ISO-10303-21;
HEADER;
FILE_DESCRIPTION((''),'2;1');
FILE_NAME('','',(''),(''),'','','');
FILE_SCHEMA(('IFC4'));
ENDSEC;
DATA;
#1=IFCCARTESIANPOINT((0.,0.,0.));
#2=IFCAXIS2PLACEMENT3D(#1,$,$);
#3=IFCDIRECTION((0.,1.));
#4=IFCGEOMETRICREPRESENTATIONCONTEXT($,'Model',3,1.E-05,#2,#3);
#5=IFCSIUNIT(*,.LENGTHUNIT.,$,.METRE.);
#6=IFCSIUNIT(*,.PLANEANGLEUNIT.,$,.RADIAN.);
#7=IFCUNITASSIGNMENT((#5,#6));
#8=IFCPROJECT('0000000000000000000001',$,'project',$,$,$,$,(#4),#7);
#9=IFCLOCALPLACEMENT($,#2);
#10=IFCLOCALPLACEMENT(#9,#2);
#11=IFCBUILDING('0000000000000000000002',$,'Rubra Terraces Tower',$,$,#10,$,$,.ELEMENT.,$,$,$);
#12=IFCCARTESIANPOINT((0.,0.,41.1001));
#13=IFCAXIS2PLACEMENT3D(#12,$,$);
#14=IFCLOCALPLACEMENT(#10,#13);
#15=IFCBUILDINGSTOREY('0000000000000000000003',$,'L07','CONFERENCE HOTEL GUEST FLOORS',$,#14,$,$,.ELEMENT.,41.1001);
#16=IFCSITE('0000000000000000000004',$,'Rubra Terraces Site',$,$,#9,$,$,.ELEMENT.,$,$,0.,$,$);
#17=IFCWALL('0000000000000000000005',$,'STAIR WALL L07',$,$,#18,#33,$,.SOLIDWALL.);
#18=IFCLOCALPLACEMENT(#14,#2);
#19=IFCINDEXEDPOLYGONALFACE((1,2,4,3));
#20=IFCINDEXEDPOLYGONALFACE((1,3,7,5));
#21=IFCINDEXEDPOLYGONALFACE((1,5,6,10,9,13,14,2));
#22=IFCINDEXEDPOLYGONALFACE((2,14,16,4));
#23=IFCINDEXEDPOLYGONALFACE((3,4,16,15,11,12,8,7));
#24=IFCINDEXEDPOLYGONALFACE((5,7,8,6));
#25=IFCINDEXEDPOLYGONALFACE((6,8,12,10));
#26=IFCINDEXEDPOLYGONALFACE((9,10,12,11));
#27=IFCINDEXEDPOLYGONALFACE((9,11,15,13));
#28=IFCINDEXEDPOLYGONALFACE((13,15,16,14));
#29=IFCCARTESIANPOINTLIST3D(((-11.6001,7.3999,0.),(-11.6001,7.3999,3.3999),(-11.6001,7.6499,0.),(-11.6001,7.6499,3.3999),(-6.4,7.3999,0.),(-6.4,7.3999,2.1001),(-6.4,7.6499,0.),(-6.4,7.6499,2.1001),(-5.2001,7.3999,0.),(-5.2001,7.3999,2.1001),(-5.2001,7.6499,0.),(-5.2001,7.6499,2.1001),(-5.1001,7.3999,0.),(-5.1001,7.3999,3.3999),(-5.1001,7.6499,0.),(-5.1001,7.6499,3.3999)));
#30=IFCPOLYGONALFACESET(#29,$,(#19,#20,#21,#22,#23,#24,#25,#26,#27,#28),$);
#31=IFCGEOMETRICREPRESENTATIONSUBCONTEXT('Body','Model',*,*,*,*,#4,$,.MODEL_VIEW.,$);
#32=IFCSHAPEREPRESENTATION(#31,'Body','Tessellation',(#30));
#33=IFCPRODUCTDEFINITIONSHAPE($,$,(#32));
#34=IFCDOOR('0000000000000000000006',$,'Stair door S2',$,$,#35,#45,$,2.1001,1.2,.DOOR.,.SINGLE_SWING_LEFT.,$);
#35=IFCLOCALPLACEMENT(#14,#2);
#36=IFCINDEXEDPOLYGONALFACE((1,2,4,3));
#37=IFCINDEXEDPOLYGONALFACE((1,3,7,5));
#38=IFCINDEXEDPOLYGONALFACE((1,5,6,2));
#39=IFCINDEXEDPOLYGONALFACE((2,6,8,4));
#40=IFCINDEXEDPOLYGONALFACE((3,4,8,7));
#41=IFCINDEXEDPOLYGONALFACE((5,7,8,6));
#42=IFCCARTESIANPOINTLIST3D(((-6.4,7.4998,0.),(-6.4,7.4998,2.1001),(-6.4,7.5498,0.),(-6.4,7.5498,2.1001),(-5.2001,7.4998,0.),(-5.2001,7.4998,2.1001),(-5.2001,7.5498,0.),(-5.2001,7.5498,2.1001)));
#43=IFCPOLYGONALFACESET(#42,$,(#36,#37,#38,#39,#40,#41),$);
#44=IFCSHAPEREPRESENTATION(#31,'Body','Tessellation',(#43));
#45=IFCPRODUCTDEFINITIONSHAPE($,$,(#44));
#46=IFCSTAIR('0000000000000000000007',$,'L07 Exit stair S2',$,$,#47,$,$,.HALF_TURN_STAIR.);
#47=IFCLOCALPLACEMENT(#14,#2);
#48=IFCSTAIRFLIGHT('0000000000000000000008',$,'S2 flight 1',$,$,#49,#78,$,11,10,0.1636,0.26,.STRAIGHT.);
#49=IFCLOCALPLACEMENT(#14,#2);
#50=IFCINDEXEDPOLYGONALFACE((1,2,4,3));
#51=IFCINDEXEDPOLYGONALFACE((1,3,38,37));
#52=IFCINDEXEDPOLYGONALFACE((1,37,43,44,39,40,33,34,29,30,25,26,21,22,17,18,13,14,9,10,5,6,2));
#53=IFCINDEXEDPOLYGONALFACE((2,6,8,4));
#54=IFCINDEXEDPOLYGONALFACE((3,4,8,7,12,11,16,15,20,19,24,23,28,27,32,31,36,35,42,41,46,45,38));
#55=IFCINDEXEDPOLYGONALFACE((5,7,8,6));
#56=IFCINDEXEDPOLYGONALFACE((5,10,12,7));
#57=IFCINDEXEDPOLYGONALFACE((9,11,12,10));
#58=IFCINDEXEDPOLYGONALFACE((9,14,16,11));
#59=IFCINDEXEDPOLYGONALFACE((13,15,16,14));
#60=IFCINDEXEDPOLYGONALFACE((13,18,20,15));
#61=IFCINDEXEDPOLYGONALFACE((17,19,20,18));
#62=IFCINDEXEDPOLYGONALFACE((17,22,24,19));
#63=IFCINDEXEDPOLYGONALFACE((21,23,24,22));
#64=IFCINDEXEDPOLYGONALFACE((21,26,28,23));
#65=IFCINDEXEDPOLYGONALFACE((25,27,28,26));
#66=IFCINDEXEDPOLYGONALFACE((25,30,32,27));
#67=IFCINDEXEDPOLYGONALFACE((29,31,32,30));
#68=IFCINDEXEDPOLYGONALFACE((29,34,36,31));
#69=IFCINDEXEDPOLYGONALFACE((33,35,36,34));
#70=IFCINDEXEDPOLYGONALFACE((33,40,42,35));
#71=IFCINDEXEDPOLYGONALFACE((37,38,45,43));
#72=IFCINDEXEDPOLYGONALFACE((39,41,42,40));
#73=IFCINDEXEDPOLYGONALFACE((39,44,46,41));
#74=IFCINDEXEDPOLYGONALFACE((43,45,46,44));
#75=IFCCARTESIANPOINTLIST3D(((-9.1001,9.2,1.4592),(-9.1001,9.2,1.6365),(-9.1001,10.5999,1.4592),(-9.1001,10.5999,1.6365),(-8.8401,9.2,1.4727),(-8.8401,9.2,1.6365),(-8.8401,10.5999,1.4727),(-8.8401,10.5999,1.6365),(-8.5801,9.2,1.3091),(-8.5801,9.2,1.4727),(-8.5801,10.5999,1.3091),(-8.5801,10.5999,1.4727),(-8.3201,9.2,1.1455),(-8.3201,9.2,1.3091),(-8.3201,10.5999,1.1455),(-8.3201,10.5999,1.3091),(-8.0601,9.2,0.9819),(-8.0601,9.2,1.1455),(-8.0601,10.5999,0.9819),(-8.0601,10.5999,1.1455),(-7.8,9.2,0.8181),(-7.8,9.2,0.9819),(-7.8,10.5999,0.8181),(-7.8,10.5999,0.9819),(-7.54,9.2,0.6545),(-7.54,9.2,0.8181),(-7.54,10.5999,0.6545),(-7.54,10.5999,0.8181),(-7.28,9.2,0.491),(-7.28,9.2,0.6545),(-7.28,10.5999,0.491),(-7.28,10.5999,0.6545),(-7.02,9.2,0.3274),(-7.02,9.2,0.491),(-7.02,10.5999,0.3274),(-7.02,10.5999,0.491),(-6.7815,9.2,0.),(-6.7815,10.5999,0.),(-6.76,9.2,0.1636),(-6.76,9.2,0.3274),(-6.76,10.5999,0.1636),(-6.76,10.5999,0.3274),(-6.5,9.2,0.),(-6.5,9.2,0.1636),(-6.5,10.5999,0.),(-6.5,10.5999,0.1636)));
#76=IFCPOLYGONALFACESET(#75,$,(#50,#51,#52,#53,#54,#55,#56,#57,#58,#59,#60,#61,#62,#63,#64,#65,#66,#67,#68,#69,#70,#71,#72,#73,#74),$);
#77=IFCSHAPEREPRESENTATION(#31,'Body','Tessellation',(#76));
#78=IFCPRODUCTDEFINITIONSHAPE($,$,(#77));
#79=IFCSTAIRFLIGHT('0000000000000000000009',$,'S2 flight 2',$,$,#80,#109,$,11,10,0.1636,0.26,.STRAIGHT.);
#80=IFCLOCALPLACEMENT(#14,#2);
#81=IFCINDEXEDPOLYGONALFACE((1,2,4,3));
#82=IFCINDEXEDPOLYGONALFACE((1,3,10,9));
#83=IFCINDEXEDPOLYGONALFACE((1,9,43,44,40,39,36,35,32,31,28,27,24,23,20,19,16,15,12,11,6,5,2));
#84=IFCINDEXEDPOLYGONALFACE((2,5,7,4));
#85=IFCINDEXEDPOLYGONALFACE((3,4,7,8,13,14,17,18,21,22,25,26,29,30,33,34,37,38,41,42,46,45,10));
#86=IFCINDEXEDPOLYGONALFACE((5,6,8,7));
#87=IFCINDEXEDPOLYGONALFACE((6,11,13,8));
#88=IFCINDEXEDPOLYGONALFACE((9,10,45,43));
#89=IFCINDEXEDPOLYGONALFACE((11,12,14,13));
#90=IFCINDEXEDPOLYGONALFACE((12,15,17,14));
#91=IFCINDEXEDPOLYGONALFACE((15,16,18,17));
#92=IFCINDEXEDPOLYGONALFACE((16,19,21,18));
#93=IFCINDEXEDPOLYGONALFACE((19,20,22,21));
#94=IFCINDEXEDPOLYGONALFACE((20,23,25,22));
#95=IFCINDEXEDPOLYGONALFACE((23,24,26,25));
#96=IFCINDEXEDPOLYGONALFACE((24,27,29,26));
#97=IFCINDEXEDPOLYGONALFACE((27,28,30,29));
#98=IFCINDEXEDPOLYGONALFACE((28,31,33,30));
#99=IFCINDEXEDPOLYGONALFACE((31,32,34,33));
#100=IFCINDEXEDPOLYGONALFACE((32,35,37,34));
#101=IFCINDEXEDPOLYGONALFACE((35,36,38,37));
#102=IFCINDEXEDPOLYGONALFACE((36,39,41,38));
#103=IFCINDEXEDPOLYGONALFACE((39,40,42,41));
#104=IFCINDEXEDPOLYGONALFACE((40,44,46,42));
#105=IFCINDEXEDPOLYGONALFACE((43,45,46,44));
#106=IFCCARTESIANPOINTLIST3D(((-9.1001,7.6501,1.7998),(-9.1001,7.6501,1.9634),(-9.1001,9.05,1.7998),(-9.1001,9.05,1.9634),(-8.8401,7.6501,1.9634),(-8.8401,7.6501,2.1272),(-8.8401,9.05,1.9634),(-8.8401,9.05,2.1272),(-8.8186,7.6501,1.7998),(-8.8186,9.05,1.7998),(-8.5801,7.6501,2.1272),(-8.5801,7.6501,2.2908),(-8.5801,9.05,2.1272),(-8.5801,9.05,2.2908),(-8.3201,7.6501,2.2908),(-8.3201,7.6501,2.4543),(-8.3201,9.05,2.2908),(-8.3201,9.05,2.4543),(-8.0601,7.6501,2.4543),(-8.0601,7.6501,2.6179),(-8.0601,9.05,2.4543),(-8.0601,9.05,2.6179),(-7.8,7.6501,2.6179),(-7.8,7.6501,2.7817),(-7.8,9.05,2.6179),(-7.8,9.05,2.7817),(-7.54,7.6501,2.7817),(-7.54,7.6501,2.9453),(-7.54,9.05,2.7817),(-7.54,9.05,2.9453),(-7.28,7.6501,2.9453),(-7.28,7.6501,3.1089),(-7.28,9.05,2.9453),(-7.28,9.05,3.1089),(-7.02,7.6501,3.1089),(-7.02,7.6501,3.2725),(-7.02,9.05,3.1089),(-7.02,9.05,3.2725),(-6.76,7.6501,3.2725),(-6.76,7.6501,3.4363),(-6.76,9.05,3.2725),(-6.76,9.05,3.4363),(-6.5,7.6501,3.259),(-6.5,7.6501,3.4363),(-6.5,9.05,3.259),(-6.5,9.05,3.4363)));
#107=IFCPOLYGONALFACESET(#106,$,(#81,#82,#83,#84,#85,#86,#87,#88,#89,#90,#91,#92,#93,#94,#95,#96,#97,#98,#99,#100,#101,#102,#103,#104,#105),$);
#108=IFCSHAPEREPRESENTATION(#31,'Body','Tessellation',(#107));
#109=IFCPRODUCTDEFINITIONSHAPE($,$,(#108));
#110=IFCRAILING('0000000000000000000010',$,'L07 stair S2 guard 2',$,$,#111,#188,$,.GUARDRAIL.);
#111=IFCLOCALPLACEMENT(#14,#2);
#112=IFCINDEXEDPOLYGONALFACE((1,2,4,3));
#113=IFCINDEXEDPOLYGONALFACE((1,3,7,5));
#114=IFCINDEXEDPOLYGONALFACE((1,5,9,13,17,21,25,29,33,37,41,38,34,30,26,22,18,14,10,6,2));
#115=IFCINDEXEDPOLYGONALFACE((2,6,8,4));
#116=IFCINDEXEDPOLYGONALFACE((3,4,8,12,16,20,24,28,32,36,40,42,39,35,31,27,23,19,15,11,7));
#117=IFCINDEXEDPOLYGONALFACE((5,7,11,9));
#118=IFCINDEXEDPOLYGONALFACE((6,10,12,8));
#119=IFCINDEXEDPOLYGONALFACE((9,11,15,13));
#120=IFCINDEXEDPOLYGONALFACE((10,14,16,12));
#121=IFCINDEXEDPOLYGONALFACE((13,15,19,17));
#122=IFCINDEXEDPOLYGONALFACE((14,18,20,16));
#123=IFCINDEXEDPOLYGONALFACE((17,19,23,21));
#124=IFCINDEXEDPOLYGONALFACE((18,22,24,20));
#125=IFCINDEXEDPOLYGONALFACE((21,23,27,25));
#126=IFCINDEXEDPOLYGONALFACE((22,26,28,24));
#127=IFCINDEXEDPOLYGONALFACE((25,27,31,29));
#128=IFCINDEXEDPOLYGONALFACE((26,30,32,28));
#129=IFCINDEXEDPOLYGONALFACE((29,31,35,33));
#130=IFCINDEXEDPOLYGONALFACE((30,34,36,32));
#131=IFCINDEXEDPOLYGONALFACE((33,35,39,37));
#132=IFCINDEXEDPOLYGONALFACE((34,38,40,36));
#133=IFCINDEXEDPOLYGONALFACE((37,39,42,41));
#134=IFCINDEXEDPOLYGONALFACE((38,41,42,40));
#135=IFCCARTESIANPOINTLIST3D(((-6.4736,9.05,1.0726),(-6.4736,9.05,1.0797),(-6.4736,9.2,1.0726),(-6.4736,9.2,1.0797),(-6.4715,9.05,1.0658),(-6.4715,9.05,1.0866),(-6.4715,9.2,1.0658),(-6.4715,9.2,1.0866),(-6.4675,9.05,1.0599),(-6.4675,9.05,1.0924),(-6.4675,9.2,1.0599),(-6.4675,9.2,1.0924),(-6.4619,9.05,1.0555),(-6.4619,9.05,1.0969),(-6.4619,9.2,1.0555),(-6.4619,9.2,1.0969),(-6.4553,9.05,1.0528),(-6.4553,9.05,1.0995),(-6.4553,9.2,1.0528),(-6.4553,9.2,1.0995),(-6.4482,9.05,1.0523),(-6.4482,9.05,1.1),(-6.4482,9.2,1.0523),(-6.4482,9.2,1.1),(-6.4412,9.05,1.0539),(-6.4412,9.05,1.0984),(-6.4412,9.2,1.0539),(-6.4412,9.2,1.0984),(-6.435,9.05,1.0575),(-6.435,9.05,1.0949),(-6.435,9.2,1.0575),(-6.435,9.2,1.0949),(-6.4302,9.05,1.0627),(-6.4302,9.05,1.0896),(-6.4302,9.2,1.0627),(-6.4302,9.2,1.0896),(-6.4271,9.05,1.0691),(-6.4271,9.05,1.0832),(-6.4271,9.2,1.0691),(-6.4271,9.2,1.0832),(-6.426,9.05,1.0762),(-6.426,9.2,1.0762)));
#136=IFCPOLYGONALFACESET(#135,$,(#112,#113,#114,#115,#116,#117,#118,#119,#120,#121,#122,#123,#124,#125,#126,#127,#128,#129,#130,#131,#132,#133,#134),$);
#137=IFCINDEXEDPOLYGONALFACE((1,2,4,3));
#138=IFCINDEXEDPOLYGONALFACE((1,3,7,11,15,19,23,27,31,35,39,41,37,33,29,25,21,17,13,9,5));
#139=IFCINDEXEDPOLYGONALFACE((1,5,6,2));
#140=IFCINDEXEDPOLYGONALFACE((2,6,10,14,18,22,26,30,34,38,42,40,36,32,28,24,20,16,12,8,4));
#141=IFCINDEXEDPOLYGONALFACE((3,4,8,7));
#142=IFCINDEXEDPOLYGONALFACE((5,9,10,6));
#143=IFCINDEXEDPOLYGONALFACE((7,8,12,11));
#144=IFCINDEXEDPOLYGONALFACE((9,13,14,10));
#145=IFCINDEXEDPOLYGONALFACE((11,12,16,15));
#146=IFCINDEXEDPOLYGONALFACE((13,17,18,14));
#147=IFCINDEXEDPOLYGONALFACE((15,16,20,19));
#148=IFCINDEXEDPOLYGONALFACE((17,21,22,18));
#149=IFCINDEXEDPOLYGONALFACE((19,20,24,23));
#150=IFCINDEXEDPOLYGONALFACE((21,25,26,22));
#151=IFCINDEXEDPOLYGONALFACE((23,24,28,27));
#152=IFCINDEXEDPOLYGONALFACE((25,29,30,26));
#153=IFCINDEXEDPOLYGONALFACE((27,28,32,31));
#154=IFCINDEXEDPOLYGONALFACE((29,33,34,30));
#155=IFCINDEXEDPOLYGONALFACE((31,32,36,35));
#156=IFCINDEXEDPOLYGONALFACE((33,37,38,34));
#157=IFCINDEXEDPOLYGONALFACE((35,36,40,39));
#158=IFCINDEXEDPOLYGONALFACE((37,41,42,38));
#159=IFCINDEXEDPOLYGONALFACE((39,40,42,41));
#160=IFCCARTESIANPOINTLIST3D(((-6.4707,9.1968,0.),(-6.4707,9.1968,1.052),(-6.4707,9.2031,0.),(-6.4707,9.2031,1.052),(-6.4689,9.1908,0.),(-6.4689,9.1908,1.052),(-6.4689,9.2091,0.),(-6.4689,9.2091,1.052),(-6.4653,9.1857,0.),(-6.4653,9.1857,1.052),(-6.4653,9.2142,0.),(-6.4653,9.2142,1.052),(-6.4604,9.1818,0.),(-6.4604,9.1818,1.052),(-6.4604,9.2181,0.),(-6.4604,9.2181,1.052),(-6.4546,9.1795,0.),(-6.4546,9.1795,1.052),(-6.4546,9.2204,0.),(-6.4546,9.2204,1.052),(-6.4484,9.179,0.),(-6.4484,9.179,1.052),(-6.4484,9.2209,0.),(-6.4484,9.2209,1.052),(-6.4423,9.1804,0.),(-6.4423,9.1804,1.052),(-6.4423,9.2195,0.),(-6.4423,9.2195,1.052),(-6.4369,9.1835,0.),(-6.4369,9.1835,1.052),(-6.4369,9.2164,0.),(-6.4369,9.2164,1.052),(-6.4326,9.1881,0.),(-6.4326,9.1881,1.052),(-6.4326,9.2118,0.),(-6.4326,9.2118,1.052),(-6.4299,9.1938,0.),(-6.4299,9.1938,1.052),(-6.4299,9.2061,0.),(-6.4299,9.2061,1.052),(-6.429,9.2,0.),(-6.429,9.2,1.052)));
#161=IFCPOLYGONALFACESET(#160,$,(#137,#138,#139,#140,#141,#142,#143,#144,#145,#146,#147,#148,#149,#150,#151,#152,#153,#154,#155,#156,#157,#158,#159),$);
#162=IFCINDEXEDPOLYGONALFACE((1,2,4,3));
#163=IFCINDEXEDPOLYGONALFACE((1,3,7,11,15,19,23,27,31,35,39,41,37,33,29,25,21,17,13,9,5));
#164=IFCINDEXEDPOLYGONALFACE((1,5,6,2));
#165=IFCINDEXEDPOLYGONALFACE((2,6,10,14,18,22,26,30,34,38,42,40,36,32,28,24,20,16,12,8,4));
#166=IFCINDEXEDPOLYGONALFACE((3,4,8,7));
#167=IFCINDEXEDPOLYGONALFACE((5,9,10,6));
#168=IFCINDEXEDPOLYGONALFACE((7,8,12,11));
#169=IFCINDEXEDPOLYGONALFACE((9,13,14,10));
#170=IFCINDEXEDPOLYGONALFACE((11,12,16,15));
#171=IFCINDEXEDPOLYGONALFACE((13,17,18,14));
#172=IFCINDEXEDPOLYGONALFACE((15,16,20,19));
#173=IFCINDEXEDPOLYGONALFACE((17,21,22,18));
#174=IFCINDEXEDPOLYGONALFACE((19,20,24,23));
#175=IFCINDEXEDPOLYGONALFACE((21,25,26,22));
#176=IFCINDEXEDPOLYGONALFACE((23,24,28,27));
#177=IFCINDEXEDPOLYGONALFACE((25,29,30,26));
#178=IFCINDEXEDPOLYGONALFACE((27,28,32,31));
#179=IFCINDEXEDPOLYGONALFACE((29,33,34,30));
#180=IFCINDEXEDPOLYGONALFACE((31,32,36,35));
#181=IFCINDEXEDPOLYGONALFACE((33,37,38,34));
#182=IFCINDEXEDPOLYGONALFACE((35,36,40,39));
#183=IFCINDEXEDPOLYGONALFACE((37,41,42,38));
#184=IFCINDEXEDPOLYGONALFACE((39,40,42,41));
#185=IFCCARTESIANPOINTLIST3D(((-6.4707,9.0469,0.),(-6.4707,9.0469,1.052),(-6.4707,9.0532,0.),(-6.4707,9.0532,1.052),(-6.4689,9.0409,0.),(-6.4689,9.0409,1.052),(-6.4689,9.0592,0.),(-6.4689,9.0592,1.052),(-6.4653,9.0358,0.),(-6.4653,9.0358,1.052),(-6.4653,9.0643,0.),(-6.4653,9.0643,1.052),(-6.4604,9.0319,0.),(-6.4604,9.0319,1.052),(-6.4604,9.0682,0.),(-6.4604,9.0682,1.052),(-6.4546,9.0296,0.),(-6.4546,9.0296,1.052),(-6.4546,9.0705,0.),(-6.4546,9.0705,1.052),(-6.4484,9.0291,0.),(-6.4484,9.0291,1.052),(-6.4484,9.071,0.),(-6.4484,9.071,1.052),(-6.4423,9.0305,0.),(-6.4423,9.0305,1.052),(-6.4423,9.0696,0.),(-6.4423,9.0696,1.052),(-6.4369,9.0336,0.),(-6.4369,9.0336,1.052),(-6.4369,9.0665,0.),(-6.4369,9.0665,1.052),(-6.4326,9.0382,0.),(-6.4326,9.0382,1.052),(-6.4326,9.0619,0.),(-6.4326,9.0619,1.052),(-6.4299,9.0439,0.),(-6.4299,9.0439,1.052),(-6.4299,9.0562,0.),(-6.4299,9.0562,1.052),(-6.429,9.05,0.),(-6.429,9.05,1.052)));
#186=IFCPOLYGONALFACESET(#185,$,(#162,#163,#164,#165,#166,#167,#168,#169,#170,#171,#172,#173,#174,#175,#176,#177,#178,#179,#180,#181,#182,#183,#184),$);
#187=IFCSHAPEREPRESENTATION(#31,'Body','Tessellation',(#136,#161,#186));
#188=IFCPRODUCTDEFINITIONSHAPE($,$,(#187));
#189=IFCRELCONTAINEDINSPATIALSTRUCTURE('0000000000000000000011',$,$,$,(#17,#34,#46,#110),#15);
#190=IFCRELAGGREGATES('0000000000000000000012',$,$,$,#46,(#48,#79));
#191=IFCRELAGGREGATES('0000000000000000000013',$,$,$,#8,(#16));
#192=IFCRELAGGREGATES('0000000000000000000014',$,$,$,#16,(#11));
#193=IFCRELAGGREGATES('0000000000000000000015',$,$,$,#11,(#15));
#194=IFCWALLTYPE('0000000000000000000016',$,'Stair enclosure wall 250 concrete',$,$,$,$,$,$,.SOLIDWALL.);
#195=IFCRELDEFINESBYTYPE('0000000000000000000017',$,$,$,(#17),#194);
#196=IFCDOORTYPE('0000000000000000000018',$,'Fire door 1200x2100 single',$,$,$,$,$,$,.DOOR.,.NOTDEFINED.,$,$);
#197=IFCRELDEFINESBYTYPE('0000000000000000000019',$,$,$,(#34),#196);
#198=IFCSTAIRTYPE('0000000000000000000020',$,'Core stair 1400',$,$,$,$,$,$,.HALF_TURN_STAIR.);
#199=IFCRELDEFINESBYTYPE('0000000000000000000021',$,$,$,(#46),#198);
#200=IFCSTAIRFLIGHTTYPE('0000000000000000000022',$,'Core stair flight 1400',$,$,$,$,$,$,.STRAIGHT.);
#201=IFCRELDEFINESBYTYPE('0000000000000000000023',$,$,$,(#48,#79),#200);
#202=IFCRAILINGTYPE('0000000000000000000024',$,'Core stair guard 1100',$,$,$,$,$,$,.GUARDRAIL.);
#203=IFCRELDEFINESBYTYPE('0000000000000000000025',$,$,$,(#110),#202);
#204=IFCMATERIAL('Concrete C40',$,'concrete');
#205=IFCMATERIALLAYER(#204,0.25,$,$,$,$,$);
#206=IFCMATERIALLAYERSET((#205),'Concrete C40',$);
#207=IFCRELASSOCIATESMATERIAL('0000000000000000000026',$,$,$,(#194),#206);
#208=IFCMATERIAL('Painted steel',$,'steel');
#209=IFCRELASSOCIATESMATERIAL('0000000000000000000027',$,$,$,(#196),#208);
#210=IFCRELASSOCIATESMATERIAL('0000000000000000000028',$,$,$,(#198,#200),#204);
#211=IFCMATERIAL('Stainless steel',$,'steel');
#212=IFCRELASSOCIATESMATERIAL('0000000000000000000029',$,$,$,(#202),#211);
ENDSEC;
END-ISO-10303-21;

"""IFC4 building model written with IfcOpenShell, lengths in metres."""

from ifc_helpers import new_model, si_unit, direction, frame, frame_2d, origin, origin_2d, place, context, subcontext, project, spatial, polyline, rectangle, circle, outline, extrude, material, layer, layer_set, type_object, element, fill, aggregate, save


model = new_model("IFC4")

# Units and contexts
model_context = context("Model", 3, precision=1e-05, world=origin(), true_north=direction((0.0, 1.0)))
body_context = subcontext(model_context, "Body", "Model", "MODEL_VIEW")
ifc_project = project(units=[si_unit("LENGTHUNIT", "METRE"), si_unit("PLANEANGLEUNIT", "RADIAN")], contexts=[model_context])

# Site, building, storey
site_placement = place(None, origin())
site = spatial("IfcSite", under=ifc_project, at=site_placement, Name="Rubra Terraces Site", CompositionType="ELEMENT", RefElevation=0.0)
building_placement = place(site_placement, origin())
building = spatial("IfcBuilding", under=site, at=building_placement, Name="Rubra Terraces Tower", CompositionType="ELEMENT")
storey_placement = place(building_placement, frame((0.0, 0.0, 41.1001)))
storey = spatial("IfcBuildingStorey", under=building, at=storey_placement, Name="L07", Description="CONFERENCE HOTEL GUEST FLOORS", CompositionType="ELEMENT", Elevation=41.1001)

# Shared definitions
ifc_material_1 = material(Name="Painted steel", Category="steel")

# Wall, opening, door
ifc_material_2 = material(Name="Concrete C40", Category="concrete")
ifc_layer_1 = layer(ifc_material_2, 0.25)
ifc_layer_set_1 = layer_set([ifc_layer_1], Name="Concrete C40")
wall_type_1 = type_object("IfcWallType", Name="Stair enclosure wall 250 concrete", PredefinedType="SOLIDWALL", material=ifc_layer_set_1)
wall_1_placement = place(storey_placement, frame((-11.6001, 7.5249, 0.0), z_axis=(0.0, 0.0, 1.0), x_axis=(1.0, 0.0, 0.0)))
wall_1 = element("IfcWall", 1, at=wall_1_placement, inside=storey, type_object=wall_type_1, Name="STAIR WALL L07", PredefinedType="SOLIDWALL", context=body_context, shape_type="SweptSolid", body=[
    extrude(rectangle(XDim=6.5, YDim=0.25, at=frame_2d((3.25, 0.0))), origin(), (0.0, 0.0, 1.0), 3.3999),
])
opening_1_placement = place(wall_1_placement, frame((5.2, 0.0, 0.0)))
opening_1 = element("IfcOpeningElement", 2, at=opening_1_placement, cuts=wall_1, PredefinedType="OPENING", context=body_context, shape_type="SweptSolid", body=[
    extrude(rectangle(XDim=1.2, YDim=2.1001, at=frame_2d((0.6001, 1.05))), frame((0.0, 0.135, 0.0), z_axis=(0.0, -1.0, 0.0), x_axis=(1.0, 0.0, 0.0)), (0.0, 0.0, 1.0), 0.27),
])
door_type_1 = type_object("IfcDoorType", Name="Fire door 1200x2100 single", OperationType="NOTDEFINED", PredefinedType="DOOR", material=ifc_material_1)
door_1_placement = place(opening_1_placement, origin())
door_1 = element("IfcDoor", 3, at=door_1_placement, inside=storey, type_object=door_type_1, Name="Stair door S2", OperationType="SINGLE_SWING_LEFT", OverallHeight=2.1001, OverallWidth=1.2, PredefinedType="DOOR", context=body_context, shape_type="SweptSolid", body=[
    extrude(rectangle(XDim=1.2, YDim=2.1001, at=frame_2d((0.6001, 1.05))), frame((0.0, 0.0249, 0.0), z_axis=(0.0, -1.0, 0.0), x_axis=(1.0, 0.0, 0.0)), (0.0, 0.0, 1.0), 0.05),
])
fill(opening_1, door_1)

# Stair, stair flights
stair_type = type_object("IfcStairType", Name="Core stair 1400", PredefinedType="HALF_TURN_STAIR", material=ifc_material_2)
stair_placement = place(storey_placement, origin())
stair = element("IfcStair", 4, at=stair_placement, inside=storey, type_object=stair_type, Name="L07 Exit stair S2", PredefinedType="HALF_TURN_STAIR")
stair_flight_type = type_object("IfcStairFlightType", Name="Core stair flight 1400", PredefinedType="STRAIGHT", material=ifc_material_2)
stair_flight_1_placement = place(storey_placement, frame((-6.5, 9.8999, 0.0), z_axis=(0.0, 0.0, 1.0), x_axis=(-1.0, 0.0, 0.0)))
stair_flight_1 = element("IfcStairFlight", 5, at=stair_flight_1_placement, type_object=stair_flight_type, Name="S2 flight 1", NumberOfRisers=11, NumberOfTreads=10, PredefinedType="STRAIGHT", RiserHeight=0.1636, TreadLength=0.26, context=body_context, shape_type="SweptSolid", body=[
    extrude(outline(polyline([(0.0, 0.0), (0.0, 0.1636), (0.26, 0.1636), (0.26, 0.3274), (0.52, 0.3274), (0.52, 0.491), (0.78, 0.491), (0.78, 0.6545), (1.04, 0.6545), (1.04, 0.8181), (1.3, 0.8181), (1.3, 0.9819), (1.5601, 0.9819), (1.5601, 1.1455), (1.8201, 1.1455), (1.8201, 1.3091), (2.0801, 1.3091), (2.0801, 1.4727), (2.3401, 1.4727), (2.3401, 1.6365), (2.6001, 1.6365), (2.6001, 1.8), (2.6001, 1.4592), (0.2815, 0.0), (0.0, 0.0)])), frame((0.0, 0.7, 0.0), z_axis=(0.0, -1.0, 0.0), x_axis=(1.0, 0.0, 0.0)), (0.0, 0.0, 1.0), 1.3999),
])
stair_flight_2_placement = place(storey_placement, frame((-9.1001, 8.3501, 1.7998), z_axis=(0.0, 0.0, 1.0), x_axis=(1.0, 0.0, 0.0)))
stair_flight_2 = element("IfcStairFlight", 6, at=stair_flight_2_placement, type_object=stair_flight_type, Name="S2 flight 2", NumberOfRisers=11, NumberOfTreads=10, PredefinedType="STRAIGHT", RiserHeight=0.1636, TreadLength=0.26, context=body_context, shape_type="SweptSolid", body=[
    extrude(outline(polyline([(0.0, 0.0), (0.0, 0.1636), (0.26, 0.1636), (0.26, 0.3274), (0.52, 0.3274), (0.52, 0.491), (0.78, 0.491), (0.78, 0.6545), (1.04, 0.6545), (1.04, 0.8181), (1.3, 0.8181), (1.3, 0.9819), (1.5601, 0.9819), (1.5601, 1.1455), (1.8201, 1.1455), (1.8201, 1.3091), (2.0801, 1.3091), (2.0801, 1.4727), (2.3401, 1.4727), (2.3401, 1.6365), (2.6001, 1.6365), (2.6001, 1.8), (2.6001, 1.4592), (0.2815, 0.0), (0.0, 0.0)])), frame((0.0, 0.7, 0.0), z_axis=(0.0, -1.0, 0.0), x_axis=(1.0, 0.0, 0.0)), (0.0, 0.0, 1.0), 1.3999),
])
aggregate(stair, [stair_flight_1, stair_flight_2])

# Railing
ifc_material_3 = material(Name="Stainless steel", Category="steel")
railing_type_1 = type_object("IfcRailingType", Name="Core stair guard 1100", PredefinedType="GUARDRAIL", material=ifc_material_3)
railing_1_placement = place(storey_placement, frame((-6.45, 9.2, 0.0)))
element("IfcRailing", 7, at=railing_1_placement, inside=storey, type_object=railing_type_1, Name="L07 stair S2 guard 2", PredefinedType="GUARDRAIL", context=body_context, shape_type="SweptSolid", body=[
    extrude(circle(Radius=0.0239, at=origin_2d()), frame((0.0, 0.0, 1.0762), z_axis=(0.0, -1.0, 0.0), x_axis=(1.0, 0.0, 0.0)), (0.0, 0.0, 1.0), 0.1499),
    extrude(circle(Radius=0.021, at=origin_2d()), origin(), (0.0, 0.0, 1.0), 1.052),
    extrude(circle(Radius=0.021, at=origin_2d()), frame((0.0, -0.1499, 0.0)), (0.0, 0.0, 1.0), 1.052),
])

save(model, "model.ifc")
